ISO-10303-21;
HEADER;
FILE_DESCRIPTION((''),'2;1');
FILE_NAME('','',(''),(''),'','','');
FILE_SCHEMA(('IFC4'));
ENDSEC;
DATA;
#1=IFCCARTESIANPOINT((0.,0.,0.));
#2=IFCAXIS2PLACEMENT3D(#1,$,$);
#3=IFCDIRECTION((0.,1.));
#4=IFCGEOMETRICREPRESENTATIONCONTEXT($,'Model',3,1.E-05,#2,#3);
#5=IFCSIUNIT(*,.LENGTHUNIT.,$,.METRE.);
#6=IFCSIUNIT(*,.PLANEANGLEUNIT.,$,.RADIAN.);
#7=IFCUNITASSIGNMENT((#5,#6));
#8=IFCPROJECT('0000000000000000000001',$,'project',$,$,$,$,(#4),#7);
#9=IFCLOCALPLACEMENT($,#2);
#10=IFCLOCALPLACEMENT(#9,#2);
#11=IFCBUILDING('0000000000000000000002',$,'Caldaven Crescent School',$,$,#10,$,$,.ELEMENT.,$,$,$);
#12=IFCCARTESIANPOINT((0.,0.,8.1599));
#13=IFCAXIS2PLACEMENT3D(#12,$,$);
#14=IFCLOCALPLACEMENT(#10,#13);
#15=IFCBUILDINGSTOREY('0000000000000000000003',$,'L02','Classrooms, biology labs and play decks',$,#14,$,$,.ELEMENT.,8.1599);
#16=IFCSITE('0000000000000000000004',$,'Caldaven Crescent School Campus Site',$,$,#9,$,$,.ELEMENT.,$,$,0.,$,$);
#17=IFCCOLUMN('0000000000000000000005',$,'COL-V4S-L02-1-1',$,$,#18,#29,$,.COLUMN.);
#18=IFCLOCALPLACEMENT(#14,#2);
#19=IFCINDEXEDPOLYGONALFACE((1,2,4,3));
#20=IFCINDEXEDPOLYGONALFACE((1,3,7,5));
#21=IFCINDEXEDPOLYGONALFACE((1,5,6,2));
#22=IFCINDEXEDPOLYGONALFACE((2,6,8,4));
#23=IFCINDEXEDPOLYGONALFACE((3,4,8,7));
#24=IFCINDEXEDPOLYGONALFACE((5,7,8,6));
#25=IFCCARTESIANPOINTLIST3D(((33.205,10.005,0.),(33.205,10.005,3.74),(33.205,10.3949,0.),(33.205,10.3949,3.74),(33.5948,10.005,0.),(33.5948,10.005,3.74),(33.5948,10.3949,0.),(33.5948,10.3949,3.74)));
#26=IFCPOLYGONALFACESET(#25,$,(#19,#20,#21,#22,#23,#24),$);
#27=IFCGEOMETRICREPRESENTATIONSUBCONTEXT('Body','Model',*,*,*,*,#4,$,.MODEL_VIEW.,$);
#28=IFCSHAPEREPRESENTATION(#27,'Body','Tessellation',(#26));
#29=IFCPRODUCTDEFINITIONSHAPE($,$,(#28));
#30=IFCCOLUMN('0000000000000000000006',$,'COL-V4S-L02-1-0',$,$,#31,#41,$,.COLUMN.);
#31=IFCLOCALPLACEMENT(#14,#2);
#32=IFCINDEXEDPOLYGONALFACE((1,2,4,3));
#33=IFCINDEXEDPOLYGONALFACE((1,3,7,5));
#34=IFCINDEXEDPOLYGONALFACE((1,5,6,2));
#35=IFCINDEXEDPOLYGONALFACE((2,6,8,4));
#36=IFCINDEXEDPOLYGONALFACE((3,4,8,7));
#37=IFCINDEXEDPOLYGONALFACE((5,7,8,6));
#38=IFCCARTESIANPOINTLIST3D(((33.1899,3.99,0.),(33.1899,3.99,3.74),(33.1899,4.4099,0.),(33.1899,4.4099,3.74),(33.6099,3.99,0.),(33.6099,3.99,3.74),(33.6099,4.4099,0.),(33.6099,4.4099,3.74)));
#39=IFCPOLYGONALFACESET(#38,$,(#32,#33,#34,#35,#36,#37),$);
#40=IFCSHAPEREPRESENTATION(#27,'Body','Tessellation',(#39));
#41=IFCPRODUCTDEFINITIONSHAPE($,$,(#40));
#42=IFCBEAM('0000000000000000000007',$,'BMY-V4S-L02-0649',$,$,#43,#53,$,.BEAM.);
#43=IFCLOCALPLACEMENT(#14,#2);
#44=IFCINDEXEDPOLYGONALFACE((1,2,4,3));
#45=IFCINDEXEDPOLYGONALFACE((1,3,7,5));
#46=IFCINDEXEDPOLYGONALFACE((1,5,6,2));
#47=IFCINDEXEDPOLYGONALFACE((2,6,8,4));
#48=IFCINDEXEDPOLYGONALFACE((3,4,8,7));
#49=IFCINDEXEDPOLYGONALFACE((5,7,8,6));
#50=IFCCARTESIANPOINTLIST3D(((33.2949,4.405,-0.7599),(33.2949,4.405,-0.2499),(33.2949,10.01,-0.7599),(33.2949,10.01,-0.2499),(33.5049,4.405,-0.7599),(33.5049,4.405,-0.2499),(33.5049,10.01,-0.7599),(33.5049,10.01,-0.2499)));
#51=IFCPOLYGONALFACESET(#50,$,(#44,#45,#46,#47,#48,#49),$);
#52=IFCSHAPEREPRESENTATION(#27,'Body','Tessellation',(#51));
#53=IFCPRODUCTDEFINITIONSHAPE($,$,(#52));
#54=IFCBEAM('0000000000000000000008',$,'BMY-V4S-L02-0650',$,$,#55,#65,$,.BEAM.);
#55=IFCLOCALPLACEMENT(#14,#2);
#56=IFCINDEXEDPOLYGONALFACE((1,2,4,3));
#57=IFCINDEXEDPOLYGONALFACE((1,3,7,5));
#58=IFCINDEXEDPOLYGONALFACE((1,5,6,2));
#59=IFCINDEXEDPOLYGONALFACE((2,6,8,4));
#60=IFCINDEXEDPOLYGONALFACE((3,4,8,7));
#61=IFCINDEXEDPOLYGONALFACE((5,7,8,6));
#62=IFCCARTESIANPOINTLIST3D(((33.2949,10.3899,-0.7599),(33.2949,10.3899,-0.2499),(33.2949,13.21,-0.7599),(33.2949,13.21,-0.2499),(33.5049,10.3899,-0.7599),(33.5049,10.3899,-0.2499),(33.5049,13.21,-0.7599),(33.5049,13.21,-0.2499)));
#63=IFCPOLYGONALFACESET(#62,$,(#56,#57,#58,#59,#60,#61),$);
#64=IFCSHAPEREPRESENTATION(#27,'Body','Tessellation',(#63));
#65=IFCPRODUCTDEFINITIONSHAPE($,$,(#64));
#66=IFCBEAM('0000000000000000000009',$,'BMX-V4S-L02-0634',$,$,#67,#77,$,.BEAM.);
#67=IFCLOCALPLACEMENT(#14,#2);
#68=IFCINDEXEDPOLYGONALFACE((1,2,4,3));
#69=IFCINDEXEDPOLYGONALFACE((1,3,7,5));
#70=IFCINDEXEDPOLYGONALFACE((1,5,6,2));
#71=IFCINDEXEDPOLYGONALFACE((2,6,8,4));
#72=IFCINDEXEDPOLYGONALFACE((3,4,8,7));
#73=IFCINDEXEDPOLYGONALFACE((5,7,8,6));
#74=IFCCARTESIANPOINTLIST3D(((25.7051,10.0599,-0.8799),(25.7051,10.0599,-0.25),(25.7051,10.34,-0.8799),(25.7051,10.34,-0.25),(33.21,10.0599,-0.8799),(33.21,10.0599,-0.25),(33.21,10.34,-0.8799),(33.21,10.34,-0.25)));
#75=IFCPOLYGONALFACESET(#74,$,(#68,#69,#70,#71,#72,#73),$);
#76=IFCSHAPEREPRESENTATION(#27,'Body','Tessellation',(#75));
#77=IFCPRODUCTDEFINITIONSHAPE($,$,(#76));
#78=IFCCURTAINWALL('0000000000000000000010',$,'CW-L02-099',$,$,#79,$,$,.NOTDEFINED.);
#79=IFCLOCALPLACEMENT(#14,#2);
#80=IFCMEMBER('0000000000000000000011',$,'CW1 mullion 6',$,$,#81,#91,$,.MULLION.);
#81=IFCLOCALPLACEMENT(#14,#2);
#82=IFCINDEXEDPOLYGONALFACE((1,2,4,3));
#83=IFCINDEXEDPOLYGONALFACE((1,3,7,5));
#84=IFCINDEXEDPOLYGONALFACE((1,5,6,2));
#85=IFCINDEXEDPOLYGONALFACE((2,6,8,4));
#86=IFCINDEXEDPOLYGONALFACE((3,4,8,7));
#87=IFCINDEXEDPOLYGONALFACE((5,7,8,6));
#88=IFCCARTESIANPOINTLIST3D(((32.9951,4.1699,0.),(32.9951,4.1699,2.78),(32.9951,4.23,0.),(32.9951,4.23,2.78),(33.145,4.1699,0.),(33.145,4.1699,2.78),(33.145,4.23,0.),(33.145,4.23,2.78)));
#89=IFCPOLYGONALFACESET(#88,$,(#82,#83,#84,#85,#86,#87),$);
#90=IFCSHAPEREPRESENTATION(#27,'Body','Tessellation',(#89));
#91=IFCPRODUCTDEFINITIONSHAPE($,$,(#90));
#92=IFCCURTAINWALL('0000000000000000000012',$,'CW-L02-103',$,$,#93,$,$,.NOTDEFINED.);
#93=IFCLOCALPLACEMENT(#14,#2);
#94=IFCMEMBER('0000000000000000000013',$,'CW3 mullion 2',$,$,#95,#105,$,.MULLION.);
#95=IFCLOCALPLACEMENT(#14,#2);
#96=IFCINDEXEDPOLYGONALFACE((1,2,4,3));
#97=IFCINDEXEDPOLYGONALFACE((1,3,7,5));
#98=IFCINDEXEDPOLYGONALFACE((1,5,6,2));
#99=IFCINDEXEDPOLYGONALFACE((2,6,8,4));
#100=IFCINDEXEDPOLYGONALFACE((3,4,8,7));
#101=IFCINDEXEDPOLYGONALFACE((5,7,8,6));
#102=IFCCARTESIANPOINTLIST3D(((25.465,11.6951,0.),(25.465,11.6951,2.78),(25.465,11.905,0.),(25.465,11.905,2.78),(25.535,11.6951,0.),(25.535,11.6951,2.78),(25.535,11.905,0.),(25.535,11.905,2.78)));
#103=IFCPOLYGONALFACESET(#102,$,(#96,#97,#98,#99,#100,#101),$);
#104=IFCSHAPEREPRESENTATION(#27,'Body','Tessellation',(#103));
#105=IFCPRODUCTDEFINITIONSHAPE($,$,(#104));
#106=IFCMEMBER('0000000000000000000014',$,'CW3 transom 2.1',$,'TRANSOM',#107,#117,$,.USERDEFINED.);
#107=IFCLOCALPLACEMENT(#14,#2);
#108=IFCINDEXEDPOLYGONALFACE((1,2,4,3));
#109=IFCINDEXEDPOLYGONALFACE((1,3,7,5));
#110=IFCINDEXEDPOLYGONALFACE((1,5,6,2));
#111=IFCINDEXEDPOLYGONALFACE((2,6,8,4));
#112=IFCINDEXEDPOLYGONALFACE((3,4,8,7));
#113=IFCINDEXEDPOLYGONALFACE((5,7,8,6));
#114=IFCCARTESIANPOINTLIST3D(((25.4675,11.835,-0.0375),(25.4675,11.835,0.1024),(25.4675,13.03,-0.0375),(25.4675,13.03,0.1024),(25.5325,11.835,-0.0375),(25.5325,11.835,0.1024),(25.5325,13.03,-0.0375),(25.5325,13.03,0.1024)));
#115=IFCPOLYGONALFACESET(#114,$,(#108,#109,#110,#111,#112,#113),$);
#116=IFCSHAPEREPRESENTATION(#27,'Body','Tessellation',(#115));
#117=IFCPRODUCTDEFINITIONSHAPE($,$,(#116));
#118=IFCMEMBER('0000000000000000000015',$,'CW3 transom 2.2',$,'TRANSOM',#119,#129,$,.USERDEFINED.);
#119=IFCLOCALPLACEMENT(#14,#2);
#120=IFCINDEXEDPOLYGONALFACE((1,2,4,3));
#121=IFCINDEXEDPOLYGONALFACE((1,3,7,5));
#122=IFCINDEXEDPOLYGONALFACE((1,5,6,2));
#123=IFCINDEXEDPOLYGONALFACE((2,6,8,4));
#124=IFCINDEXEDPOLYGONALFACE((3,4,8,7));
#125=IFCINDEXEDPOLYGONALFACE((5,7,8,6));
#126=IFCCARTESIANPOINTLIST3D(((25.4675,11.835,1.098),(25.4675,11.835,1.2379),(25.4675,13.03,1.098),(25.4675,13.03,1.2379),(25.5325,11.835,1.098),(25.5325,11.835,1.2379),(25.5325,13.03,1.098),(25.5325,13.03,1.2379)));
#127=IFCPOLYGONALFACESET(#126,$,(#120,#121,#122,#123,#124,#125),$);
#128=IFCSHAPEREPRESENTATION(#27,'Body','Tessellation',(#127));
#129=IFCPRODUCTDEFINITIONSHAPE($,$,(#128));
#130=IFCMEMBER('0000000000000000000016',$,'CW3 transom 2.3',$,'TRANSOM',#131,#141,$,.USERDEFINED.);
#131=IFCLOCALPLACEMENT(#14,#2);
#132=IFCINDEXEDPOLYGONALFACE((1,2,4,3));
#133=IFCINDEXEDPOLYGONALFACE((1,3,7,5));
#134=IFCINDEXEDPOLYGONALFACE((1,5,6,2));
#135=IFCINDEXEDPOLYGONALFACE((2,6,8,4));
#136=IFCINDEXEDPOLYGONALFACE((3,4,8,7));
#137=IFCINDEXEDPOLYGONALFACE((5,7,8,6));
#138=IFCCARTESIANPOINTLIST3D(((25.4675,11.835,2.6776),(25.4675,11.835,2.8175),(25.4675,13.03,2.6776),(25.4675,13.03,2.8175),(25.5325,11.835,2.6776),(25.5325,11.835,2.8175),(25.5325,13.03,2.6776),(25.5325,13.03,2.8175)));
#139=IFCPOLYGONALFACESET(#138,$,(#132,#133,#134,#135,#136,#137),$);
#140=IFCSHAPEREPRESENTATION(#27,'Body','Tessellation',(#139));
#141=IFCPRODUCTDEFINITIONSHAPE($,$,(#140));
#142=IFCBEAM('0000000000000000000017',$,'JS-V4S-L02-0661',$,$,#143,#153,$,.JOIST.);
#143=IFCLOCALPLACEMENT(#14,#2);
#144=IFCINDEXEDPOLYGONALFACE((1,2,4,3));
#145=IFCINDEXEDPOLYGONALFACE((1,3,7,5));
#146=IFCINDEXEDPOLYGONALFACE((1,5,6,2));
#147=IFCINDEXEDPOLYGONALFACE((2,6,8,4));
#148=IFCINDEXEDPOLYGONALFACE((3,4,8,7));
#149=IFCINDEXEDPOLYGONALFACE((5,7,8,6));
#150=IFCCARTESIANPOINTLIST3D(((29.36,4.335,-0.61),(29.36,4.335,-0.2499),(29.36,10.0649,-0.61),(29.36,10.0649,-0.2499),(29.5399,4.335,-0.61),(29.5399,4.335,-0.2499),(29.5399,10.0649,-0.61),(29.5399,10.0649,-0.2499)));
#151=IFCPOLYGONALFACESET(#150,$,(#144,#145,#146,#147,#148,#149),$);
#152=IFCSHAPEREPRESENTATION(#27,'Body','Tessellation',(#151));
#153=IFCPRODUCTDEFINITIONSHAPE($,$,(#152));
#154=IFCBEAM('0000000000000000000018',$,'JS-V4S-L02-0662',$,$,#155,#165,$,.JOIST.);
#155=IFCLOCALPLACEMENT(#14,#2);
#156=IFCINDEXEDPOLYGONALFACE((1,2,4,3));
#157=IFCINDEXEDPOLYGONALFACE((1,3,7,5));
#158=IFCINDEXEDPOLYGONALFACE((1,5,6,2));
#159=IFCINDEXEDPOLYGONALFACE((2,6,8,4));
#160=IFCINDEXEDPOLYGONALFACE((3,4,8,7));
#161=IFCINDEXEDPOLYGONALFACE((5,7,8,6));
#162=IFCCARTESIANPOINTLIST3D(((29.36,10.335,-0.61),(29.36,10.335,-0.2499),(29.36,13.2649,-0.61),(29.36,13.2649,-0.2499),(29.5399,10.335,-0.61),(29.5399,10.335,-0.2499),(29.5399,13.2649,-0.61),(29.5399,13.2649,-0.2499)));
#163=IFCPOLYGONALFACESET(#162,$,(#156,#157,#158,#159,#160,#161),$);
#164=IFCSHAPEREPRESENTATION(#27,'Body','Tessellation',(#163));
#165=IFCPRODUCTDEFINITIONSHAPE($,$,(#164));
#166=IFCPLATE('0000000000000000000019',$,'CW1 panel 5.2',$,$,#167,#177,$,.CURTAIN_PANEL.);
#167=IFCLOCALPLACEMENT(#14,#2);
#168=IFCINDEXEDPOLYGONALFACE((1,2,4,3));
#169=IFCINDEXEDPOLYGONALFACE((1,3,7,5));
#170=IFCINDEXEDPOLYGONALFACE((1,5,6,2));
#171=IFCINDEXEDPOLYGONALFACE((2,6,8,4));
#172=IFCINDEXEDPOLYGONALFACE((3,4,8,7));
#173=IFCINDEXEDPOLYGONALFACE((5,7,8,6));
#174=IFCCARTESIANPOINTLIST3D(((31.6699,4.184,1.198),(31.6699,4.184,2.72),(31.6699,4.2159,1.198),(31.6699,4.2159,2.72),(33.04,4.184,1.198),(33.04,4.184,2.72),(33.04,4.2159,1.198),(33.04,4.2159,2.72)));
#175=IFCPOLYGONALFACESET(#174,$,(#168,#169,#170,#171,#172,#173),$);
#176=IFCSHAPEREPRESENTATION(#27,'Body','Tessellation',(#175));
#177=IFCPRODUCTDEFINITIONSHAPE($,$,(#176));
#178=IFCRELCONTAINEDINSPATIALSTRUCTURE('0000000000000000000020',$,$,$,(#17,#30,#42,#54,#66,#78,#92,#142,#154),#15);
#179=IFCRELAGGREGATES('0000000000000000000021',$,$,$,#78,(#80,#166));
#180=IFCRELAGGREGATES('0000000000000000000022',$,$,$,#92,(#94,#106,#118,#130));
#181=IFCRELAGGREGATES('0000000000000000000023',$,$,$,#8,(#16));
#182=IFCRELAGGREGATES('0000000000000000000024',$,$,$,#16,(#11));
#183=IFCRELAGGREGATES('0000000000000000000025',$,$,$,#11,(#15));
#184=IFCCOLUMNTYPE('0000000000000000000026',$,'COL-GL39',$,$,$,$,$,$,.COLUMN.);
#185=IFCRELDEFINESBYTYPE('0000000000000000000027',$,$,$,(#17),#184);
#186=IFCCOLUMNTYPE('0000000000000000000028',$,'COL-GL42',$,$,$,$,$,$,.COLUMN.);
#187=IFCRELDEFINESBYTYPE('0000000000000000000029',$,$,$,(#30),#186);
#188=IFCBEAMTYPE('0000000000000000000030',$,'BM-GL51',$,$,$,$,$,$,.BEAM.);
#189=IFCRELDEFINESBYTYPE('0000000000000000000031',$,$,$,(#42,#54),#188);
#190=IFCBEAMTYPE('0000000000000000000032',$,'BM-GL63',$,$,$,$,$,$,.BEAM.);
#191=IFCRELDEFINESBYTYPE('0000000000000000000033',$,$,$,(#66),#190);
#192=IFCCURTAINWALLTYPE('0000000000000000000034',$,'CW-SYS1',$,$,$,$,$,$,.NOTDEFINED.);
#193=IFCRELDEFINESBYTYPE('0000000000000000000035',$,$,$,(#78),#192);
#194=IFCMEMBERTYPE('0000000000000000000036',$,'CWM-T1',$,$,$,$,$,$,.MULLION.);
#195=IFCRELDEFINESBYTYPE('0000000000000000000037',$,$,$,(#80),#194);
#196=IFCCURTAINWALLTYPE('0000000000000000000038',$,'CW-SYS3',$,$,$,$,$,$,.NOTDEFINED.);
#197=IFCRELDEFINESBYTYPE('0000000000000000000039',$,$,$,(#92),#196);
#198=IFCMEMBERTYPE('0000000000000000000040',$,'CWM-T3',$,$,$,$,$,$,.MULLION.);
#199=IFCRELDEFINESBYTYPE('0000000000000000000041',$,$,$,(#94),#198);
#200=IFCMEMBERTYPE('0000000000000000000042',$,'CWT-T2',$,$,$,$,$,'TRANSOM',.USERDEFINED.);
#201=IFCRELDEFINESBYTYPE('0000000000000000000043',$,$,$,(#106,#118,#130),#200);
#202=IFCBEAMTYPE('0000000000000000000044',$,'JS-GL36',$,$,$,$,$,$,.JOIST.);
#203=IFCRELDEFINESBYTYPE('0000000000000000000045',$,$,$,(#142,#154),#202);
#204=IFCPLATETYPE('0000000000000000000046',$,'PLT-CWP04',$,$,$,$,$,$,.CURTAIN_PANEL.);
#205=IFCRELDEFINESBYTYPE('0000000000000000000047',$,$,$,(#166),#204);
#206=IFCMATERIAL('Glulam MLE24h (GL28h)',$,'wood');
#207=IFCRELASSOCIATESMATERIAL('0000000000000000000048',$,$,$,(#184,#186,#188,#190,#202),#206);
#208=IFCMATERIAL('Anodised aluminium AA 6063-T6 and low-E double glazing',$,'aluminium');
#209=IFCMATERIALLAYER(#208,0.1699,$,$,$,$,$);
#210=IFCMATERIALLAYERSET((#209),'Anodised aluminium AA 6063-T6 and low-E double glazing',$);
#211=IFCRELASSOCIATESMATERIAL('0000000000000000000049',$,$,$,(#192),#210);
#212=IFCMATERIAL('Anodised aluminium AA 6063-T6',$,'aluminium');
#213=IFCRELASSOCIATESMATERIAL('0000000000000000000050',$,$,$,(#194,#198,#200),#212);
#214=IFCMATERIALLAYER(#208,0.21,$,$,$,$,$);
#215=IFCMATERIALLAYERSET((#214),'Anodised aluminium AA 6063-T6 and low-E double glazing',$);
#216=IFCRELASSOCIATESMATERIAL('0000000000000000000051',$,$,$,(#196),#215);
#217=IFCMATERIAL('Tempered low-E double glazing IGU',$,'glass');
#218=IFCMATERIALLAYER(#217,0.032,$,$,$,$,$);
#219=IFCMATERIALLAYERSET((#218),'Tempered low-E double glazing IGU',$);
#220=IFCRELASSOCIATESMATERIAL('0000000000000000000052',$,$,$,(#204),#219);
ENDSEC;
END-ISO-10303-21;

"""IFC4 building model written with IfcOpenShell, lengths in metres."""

from ifc_helpers import new_model, si_unit, direction, frame, origin, origin_2d, place, context, subcontext, project, spatial, rectangle, extrude, material, layer, layer_set, material_profile, profile_set, type_object, element, aggregate, save


model = new_model("IFC4")

# Units and contexts
model_context = context("Model", 3, precision=1e-05, world=origin(), true_north=direction((0.0, 1.0)))
body_context = subcontext(model_context, "Body", "Model", "MODEL_VIEW")
ifc_project = project(units=[si_unit("LENGTHUNIT", "METRE"), si_unit("PLANEANGLEUNIT", "RADIAN")], contexts=[model_context])

# Site, building, storey
site_placement = place(None, origin())
site = spatial("IfcSite", under=ifc_project, at=site_placement, Name="Caldaven Crescent School Campus Site", CompositionType="ELEMENT", RefElevation=0.0)
building_placement = place(site_placement, origin())
building = spatial("IfcBuilding", under=site, at=building_placement, Name="Caldaven Crescent School", CompositionType="ELEMENT")
storey_placement = place(building_placement, frame((0.0, 0.0, 8.1599)))
storey = spatial("IfcBuildingStorey", under=building, at=storey_placement, Name="L02", Description="Classrooms, biology labs and play decks", CompositionType="ELEMENT", Elevation=8.1599)

# Columns
ifc_material_1 = material(Name="Glulam MLE24h (GL28h)", Category="wood")
ifc_material_profile_1 = material_profile(ifc_material_1, rectangle(XDim=0.3899, YDim=0.3899, at=origin_2d()), Name="MLE 390x390")
ifc_profile_set_1 = profile_set([ifc_material_profile_1], Name="Glulam MLE24h (GL28h)")
column_type_1 = type_object("IfcColumnType", Name="COL-GL39", PredefinedType="COLUMN", material=ifc_profile_set_1)
column_1_placement = place(storey_placement, frame((33.3999, 10.2, 0.0), z_axis=(0.0, 0.0, 1.0), x_axis=(1.0, 0.0, 0.0)))
element("IfcColumn", 1, at=column_1_placement, inside=storey, type_object=column_type_1, Name="COL-V4S-L02-1-1", PredefinedType="COLUMN", context=body_context, shape_type="SweptSolid", body=[
    extrude(rectangle(XDim=0.3899, YDim=0.3899, at=origin_2d()), origin(), (0.0, 0.0, 1.0), 3.74),
])
ifc_material_profile_2 = material_profile(ifc_material_1, rectangle(XDim=0.4199, YDim=0.4199, at=origin_2d()), Name="MLE 420x420")
ifc_profile_set_2 = profile_set([ifc_material_profile_2], Name="Glulam MLE24h (GL28h)")
column_type_2 = type_object("IfcColumnType", Name="COL-GL42", PredefinedType="COLUMN", material=ifc_profile_set_2)
column_2_placement = place(storey_placement, frame((33.3999, 4.2, 0.0), z_axis=(0.0, 0.0, 1.0), x_axis=(1.0, 0.0, 0.0)))
element("IfcColumn", 2, at=column_2_placement, inside=storey, type_object=column_type_2, Name="COL-V4S-L02-1-0", PredefinedType="COLUMN", context=body_context, shape_type="SweptSolid", body=[
    extrude(rectangle(XDim=0.4199, YDim=0.4199, at=origin_2d()), origin(), (0.0, 0.0, 1.0), 3.74),
])

# Beams
ifc_material_profile_3 = material_profile(ifc_material_1, rectangle(XDim=0.21, YDim=0.51, at=origin_2d()), Name="MLE 210x510")
ifc_profile_set_3 = profile_set([ifc_material_profile_3], Name="Glulam MLE24h (GL28h)")
beam_type_1 = type_object("IfcBeamType", Name="BM-GL51", PredefinedType="BEAM", material=ifc_profile_set_3)
beam_1_placement = place(storey_placement, frame((33.3999, 4.405, -0.5049), z_axis=(0.0, 1.0, 0.0), x_axis=(-1.0, 0.0, 0.0)))
element("IfcBeam", 3, at=beam_1_placement, inside=storey, type_object=beam_type_1, Name="BMY-V4S-L02-0649", PredefinedType="BEAM", context=body_context, shape_type="SweptSolid", body=[
    extrude(rectangle(XDim=0.21, YDim=0.51, at=origin_2d()), origin(), (0.0, 0.0, 1.0), 5.605),
])
beam_2_placement = place(storey_placement, frame((33.3999, 10.3899, -0.5049), z_axis=(0.0, 1.0, 0.0), x_axis=(-1.0, 0.0, 0.0)))
element("IfcBeam", 4, at=beam_2_placement, inside=storey, type_object=beam_type_1, Name="BMY-V4S-L02-0650", PredefinedType="BEAM", context=body_context, shape_type="SweptSolid", body=[
    extrude(rectangle(XDim=0.21, YDim=0.51, at=origin_2d()), origin(), (0.0, 0.0, 1.0), 2.8201),
])
ifc_material_profile_4 = material_profile(ifc_material_1, rectangle(XDim=0.28, YDim=0.6299, at=origin_2d()), Name="MLE 280x630")
ifc_profile_set_4 = profile_set([ifc_material_profile_4], Name="Glulam MLE24h (GL28h)")
beam_type_2 = type_object("IfcBeamType", Name="BM-GL63", PredefinedType="BEAM", material=ifc_profile_set_4)
beam_3_placement = place(storey_placement, frame((25.7051, 10.2, -0.5649), z_axis=(1.0, 0.0, 0.0), x_axis=(0.0, 1.0, 0.0)))
element("IfcBeam", 5, at=beam_3_placement, inside=storey, type_object=beam_type_2, Name="BMX-V4S-L02-0634", PredefinedType="BEAM", context=body_context, shape_type="SweptSolid", body=[
    extrude(rectangle(XDim=0.28, YDim=0.6299, at=origin_2d()), origin(), (0.0, 0.0, 1.0), 7.5049),
])

# Curtain wall, member
ifc_material_2 = material(Name="Anodised aluminium AA 6063-T6 and low-E double glazing", Category="aluminium")
ifc_layer_1 = layer(ifc_material_2, 0.1699)
ifc_layer_set_1 = layer_set([ifc_layer_1], Name="Anodised aluminium AA 6063-T6 and low-E double glazing")
curtain_wall_type_1 = type_object("IfcCurtainWallType", Name="CW-SYS1", PredefinedType="NOTDEFINED", material=ifc_layer_set_1)
curtain_wall_1_placement = place(storey_placement, origin())
curtain_wall_1 = element("IfcCurtainWall", 6, at=curtain_wall_1_placement, inside=storey, type_object=curtain_wall_type_1, Name="CW-L02-099", PredefinedType="NOTDEFINED")
ifc_material_3 = material(Name="Anodised aluminium AA 6063-T6", Category="aluminium")
ifc_material_profile_5 = material_profile(ifc_material_3, rectangle(XDim=0.0601, YDim=0.1499, at=origin_2d()), Name="CWM 60x150")
ifc_profile_set_5 = profile_set([ifc_material_profile_5], Name="Anodised aluminium AA 6063-T6")
member_type_1 = type_object("IfcMemberType", Name="CWM-T1", PredefinedType="MULLION", material=ifc_profile_set_5)
member_1_placement = place(storey_placement, frame((33.0701, 4.2, 0.0), z_axis=(0.0, 0.0, 1.0), x_axis=(0.0, 1.0, 0.0)))
member_1 = element("IfcMember", 7, at=member_1_placement, type_object=member_type_1, Name="CW1 mullion 6", PredefinedType="MULLION", context=body_context, shape_type="SweptSolid", body=[
    extrude(rectangle(XDim=0.0601, YDim=0.1499, at=origin_2d()), origin(), (0.0, 0.0, 1.0), 2.78),
])

# Curtain wall, members
ifc_layer_2 = layer(ifc_material_2, 0.21)
ifc_layer_set_2 = layer_set([ifc_layer_2], Name="Anodised aluminium AA 6063-T6 and low-E double glazing")
curtain_wall_type_2 = type_object("IfcCurtainWallType", Name="CW-SYS3", PredefinedType="NOTDEFINED", material=ifc_layer_set_2)
curtain_wall_2_placement = place(storey_placement, origin())
curtain_wall_2 = element("IfcCurtainWall", 8, at=curtain_wall_2_placement, inside=storey, type_object=curtain_wall_type_2, Name="CW-L02-103", PredefinedType="NOTDEFINED")
ifc_material_profile_6 = material_profile(ifc_material_3, rectangle(XDim=0.0701, YDim=0.21, at=origin_2d()), Name="CWM 70x210")
ifc_profile_set_6 = profile_set([ifc_material_profile_6], Name="Anodised aluminium AA 6063-T6")
member_type_2 = type_object("IfcMemberType", Name="CWM-T3", PredefinedType="MULLION", material=ifc_profile_set_6)
member_2_placement = place(storey_placement, frame((25.5, 11.8, 0.0), z_axis=(0.0, 0.0, 1.0), x_axis=(-1.0, 0.0, 0.0)))
member_2 = element("IfcMember", 9, at=member_2_placement, type_object=member_type_2, Name="CW3 mullion 2", PredefinedType="MULLION", context=body_context, shape_type="SweptSolid", body=[
    extrude(rectangle(XDim=0.0701, YDim=0.21, at=origin_2d()), origin(), (0.0, 0.0, 1.0), 2.78),
])
ifc_material_profile_7 = material_profile(ifc_material_3, rectangle(XDim=0.0649, YDim=0.1399, at=origin_2d()), Name="CWT 65x140")
ifc_profile_set_7 = profile_set([ifc_material_profile_7], Name="Anodised aluminium AA 6063-T6")
member_type_3 = type_object("IfcMemberType", Name="CWT-T2", ElementType="TRANSOM", PredefinedType="USERDEFINED", material=ifc_profile_set_7)
member_3_placement = place(storey_placement, frame((25.5, 11.835, 0.0325), z_axis=(0.0, 1.0, 0.0), x_axis=(-1.0, 0.0, 0.0)))
member_3 = element("IfcMember", 10, at=member_3_placement, type_object=member_type_3, Name="CW3 transom 2.1", ObjectType="TRANSOM", PredefinedType="USERDEFINED", context=body_context, shape_type="SweptSolid", body=[
    extrude(rectangle(XDim=0.0649, YDim=0.1399, at=origin_2d()), origin(), (0.0, 0.0, 1.0), 1.1951),
])
member_4_placement = place(storey_placement, frame((25.5, 11.835, 1.168), z_axis=(0.0, 1.0, 0.0), x_axis=(-1.0, 0.0, 0.0)))
member_4 = element("IfcMember", 11, at=member_4_placement, type_object=member_type_3, Name="CW3 transom 2.2", ObjectType="TRANSOM", PredefinedType="USERDEFINED", context=body_context, shape_type="SweptSolid", body=[
    extrude(rectangle(XDim=0.0649, YDim=0.1399, at=origin_2d()), origin(), (0.0, 0.0, 1.0), 1.1951),
])
member_5_placement = place(storey_placement, frame((25.5, 11.835, 2.7476), z_axis=(0.0, 1.0, 0.0), x_axis=(-1.0, 0.0, 0.0)))
member_5 = element("IfcMember", 12, at=member_5_placement, type_object=member_type_3, Name="CW3 transom 2.3", ObjectType="TRANSOM", PredefinedType="USERDEFINED", context=body_context, shape_type="SweptSolid", body=[
    extrude(rectangle(XDim=0.0649, YDim=0.1399, at=origin_2d()), origin(), (0.0, 0.0, 1.0), 1.1951),
])

# Beams
ifc_material_profile_8 = material_profile(ifc_material_1, rectangle(XDim=0.1799, YDim=0.3601, at=origin_2d()), Name="MLE 180x360")
ifc_profile_set_8 = profile_set([ifc_material_profile_8], Name="Glulam MLE24h (GL28h)")
beam_type_3 = type_object("IfcBeamType", Name="JS-GL36", PredefinedType="JOIST", material=ifc_profile_set_8)
beam_4_placement = place(storey_placement, frame((29.45, 4.335, -0.4299), z_axis=(0.0, 1.0, 0.0), x_axis=(-1.0, 0.0, 0.0)))
element("IfcBeam", 13, at=beam_4_placement, inside=storey, type_object=beam_type_3, Name="JS-V4S-L02-0661", PredefinedType="JOIST", context=body_context, shape_type="SweptSolid", body=[
    extrude(rectangle(XDim=0.1799, YDim=0.3601, at=origin_2d()), origin(), (0.0, 0.0, 1.0), 5.73),
])
beam_5_placement = place(storey_placement, frame((29.45, 10.335, -0.4299), z_axis=(0.0, 1.0, 0.0), x_axis=(-1.0, 0.0, 0.0)))
element("IfcBeam", 14, at=beam_5_placement, inside=storey, type_object=beam_type_3, Name="JS-V4S-L02-0662", PredefinedType="JOIST", context=body_context, shape_type="SweptSolid", body=[
    extrude(rectangle(XDim=0.1799, YDim=0.3601, at=origin_2d()), origin(), (0.0, 0.0, 1.0), 2.9299),
])

# Plate
ifc_material_4 = material(Name="Tempered low-E double glazing IGU", Category="glass")
ifc_layer_3 = layer(ifc_material_4, 0.032)
ifc_layer_set_3 = layer_set([ifc_layer_3], Name="Tempered low-E double glazing IGU")
plate_type_1 = type_object("IfcPlateType", Name="PLT-CWP04", PredefinedType="CURTAIN_PANEL", material=ifc_layer_set_3)
plate_1_placement = place(storey_placement, frame((32.355, 4.2, 1.198), z_axis=(0.0, 0.0, 1.0), x_axis=(1.0, 0.0, 0.0)))
plate_1 = element("IfcPlate", 15, at=plate_1_placement, type_object=plate_type_1, Name="CW1 panel 5.2", PredefinedType="CURTAIN_PANEL", context=body_context, shape_type="SweptSolid", body=[
    extrude(rectangle(XDim=1.3701, YDim=0.032, at=origin_2d()), origin(), (0.0, 0.0, 1.0), 1.522),
])
aggregate(curtain_wall_1, [member_1, plate_1])
aggregate(curtain_wall_2, [member_2, member_3, member_4, member_5])

save(model, "model.ifc")
